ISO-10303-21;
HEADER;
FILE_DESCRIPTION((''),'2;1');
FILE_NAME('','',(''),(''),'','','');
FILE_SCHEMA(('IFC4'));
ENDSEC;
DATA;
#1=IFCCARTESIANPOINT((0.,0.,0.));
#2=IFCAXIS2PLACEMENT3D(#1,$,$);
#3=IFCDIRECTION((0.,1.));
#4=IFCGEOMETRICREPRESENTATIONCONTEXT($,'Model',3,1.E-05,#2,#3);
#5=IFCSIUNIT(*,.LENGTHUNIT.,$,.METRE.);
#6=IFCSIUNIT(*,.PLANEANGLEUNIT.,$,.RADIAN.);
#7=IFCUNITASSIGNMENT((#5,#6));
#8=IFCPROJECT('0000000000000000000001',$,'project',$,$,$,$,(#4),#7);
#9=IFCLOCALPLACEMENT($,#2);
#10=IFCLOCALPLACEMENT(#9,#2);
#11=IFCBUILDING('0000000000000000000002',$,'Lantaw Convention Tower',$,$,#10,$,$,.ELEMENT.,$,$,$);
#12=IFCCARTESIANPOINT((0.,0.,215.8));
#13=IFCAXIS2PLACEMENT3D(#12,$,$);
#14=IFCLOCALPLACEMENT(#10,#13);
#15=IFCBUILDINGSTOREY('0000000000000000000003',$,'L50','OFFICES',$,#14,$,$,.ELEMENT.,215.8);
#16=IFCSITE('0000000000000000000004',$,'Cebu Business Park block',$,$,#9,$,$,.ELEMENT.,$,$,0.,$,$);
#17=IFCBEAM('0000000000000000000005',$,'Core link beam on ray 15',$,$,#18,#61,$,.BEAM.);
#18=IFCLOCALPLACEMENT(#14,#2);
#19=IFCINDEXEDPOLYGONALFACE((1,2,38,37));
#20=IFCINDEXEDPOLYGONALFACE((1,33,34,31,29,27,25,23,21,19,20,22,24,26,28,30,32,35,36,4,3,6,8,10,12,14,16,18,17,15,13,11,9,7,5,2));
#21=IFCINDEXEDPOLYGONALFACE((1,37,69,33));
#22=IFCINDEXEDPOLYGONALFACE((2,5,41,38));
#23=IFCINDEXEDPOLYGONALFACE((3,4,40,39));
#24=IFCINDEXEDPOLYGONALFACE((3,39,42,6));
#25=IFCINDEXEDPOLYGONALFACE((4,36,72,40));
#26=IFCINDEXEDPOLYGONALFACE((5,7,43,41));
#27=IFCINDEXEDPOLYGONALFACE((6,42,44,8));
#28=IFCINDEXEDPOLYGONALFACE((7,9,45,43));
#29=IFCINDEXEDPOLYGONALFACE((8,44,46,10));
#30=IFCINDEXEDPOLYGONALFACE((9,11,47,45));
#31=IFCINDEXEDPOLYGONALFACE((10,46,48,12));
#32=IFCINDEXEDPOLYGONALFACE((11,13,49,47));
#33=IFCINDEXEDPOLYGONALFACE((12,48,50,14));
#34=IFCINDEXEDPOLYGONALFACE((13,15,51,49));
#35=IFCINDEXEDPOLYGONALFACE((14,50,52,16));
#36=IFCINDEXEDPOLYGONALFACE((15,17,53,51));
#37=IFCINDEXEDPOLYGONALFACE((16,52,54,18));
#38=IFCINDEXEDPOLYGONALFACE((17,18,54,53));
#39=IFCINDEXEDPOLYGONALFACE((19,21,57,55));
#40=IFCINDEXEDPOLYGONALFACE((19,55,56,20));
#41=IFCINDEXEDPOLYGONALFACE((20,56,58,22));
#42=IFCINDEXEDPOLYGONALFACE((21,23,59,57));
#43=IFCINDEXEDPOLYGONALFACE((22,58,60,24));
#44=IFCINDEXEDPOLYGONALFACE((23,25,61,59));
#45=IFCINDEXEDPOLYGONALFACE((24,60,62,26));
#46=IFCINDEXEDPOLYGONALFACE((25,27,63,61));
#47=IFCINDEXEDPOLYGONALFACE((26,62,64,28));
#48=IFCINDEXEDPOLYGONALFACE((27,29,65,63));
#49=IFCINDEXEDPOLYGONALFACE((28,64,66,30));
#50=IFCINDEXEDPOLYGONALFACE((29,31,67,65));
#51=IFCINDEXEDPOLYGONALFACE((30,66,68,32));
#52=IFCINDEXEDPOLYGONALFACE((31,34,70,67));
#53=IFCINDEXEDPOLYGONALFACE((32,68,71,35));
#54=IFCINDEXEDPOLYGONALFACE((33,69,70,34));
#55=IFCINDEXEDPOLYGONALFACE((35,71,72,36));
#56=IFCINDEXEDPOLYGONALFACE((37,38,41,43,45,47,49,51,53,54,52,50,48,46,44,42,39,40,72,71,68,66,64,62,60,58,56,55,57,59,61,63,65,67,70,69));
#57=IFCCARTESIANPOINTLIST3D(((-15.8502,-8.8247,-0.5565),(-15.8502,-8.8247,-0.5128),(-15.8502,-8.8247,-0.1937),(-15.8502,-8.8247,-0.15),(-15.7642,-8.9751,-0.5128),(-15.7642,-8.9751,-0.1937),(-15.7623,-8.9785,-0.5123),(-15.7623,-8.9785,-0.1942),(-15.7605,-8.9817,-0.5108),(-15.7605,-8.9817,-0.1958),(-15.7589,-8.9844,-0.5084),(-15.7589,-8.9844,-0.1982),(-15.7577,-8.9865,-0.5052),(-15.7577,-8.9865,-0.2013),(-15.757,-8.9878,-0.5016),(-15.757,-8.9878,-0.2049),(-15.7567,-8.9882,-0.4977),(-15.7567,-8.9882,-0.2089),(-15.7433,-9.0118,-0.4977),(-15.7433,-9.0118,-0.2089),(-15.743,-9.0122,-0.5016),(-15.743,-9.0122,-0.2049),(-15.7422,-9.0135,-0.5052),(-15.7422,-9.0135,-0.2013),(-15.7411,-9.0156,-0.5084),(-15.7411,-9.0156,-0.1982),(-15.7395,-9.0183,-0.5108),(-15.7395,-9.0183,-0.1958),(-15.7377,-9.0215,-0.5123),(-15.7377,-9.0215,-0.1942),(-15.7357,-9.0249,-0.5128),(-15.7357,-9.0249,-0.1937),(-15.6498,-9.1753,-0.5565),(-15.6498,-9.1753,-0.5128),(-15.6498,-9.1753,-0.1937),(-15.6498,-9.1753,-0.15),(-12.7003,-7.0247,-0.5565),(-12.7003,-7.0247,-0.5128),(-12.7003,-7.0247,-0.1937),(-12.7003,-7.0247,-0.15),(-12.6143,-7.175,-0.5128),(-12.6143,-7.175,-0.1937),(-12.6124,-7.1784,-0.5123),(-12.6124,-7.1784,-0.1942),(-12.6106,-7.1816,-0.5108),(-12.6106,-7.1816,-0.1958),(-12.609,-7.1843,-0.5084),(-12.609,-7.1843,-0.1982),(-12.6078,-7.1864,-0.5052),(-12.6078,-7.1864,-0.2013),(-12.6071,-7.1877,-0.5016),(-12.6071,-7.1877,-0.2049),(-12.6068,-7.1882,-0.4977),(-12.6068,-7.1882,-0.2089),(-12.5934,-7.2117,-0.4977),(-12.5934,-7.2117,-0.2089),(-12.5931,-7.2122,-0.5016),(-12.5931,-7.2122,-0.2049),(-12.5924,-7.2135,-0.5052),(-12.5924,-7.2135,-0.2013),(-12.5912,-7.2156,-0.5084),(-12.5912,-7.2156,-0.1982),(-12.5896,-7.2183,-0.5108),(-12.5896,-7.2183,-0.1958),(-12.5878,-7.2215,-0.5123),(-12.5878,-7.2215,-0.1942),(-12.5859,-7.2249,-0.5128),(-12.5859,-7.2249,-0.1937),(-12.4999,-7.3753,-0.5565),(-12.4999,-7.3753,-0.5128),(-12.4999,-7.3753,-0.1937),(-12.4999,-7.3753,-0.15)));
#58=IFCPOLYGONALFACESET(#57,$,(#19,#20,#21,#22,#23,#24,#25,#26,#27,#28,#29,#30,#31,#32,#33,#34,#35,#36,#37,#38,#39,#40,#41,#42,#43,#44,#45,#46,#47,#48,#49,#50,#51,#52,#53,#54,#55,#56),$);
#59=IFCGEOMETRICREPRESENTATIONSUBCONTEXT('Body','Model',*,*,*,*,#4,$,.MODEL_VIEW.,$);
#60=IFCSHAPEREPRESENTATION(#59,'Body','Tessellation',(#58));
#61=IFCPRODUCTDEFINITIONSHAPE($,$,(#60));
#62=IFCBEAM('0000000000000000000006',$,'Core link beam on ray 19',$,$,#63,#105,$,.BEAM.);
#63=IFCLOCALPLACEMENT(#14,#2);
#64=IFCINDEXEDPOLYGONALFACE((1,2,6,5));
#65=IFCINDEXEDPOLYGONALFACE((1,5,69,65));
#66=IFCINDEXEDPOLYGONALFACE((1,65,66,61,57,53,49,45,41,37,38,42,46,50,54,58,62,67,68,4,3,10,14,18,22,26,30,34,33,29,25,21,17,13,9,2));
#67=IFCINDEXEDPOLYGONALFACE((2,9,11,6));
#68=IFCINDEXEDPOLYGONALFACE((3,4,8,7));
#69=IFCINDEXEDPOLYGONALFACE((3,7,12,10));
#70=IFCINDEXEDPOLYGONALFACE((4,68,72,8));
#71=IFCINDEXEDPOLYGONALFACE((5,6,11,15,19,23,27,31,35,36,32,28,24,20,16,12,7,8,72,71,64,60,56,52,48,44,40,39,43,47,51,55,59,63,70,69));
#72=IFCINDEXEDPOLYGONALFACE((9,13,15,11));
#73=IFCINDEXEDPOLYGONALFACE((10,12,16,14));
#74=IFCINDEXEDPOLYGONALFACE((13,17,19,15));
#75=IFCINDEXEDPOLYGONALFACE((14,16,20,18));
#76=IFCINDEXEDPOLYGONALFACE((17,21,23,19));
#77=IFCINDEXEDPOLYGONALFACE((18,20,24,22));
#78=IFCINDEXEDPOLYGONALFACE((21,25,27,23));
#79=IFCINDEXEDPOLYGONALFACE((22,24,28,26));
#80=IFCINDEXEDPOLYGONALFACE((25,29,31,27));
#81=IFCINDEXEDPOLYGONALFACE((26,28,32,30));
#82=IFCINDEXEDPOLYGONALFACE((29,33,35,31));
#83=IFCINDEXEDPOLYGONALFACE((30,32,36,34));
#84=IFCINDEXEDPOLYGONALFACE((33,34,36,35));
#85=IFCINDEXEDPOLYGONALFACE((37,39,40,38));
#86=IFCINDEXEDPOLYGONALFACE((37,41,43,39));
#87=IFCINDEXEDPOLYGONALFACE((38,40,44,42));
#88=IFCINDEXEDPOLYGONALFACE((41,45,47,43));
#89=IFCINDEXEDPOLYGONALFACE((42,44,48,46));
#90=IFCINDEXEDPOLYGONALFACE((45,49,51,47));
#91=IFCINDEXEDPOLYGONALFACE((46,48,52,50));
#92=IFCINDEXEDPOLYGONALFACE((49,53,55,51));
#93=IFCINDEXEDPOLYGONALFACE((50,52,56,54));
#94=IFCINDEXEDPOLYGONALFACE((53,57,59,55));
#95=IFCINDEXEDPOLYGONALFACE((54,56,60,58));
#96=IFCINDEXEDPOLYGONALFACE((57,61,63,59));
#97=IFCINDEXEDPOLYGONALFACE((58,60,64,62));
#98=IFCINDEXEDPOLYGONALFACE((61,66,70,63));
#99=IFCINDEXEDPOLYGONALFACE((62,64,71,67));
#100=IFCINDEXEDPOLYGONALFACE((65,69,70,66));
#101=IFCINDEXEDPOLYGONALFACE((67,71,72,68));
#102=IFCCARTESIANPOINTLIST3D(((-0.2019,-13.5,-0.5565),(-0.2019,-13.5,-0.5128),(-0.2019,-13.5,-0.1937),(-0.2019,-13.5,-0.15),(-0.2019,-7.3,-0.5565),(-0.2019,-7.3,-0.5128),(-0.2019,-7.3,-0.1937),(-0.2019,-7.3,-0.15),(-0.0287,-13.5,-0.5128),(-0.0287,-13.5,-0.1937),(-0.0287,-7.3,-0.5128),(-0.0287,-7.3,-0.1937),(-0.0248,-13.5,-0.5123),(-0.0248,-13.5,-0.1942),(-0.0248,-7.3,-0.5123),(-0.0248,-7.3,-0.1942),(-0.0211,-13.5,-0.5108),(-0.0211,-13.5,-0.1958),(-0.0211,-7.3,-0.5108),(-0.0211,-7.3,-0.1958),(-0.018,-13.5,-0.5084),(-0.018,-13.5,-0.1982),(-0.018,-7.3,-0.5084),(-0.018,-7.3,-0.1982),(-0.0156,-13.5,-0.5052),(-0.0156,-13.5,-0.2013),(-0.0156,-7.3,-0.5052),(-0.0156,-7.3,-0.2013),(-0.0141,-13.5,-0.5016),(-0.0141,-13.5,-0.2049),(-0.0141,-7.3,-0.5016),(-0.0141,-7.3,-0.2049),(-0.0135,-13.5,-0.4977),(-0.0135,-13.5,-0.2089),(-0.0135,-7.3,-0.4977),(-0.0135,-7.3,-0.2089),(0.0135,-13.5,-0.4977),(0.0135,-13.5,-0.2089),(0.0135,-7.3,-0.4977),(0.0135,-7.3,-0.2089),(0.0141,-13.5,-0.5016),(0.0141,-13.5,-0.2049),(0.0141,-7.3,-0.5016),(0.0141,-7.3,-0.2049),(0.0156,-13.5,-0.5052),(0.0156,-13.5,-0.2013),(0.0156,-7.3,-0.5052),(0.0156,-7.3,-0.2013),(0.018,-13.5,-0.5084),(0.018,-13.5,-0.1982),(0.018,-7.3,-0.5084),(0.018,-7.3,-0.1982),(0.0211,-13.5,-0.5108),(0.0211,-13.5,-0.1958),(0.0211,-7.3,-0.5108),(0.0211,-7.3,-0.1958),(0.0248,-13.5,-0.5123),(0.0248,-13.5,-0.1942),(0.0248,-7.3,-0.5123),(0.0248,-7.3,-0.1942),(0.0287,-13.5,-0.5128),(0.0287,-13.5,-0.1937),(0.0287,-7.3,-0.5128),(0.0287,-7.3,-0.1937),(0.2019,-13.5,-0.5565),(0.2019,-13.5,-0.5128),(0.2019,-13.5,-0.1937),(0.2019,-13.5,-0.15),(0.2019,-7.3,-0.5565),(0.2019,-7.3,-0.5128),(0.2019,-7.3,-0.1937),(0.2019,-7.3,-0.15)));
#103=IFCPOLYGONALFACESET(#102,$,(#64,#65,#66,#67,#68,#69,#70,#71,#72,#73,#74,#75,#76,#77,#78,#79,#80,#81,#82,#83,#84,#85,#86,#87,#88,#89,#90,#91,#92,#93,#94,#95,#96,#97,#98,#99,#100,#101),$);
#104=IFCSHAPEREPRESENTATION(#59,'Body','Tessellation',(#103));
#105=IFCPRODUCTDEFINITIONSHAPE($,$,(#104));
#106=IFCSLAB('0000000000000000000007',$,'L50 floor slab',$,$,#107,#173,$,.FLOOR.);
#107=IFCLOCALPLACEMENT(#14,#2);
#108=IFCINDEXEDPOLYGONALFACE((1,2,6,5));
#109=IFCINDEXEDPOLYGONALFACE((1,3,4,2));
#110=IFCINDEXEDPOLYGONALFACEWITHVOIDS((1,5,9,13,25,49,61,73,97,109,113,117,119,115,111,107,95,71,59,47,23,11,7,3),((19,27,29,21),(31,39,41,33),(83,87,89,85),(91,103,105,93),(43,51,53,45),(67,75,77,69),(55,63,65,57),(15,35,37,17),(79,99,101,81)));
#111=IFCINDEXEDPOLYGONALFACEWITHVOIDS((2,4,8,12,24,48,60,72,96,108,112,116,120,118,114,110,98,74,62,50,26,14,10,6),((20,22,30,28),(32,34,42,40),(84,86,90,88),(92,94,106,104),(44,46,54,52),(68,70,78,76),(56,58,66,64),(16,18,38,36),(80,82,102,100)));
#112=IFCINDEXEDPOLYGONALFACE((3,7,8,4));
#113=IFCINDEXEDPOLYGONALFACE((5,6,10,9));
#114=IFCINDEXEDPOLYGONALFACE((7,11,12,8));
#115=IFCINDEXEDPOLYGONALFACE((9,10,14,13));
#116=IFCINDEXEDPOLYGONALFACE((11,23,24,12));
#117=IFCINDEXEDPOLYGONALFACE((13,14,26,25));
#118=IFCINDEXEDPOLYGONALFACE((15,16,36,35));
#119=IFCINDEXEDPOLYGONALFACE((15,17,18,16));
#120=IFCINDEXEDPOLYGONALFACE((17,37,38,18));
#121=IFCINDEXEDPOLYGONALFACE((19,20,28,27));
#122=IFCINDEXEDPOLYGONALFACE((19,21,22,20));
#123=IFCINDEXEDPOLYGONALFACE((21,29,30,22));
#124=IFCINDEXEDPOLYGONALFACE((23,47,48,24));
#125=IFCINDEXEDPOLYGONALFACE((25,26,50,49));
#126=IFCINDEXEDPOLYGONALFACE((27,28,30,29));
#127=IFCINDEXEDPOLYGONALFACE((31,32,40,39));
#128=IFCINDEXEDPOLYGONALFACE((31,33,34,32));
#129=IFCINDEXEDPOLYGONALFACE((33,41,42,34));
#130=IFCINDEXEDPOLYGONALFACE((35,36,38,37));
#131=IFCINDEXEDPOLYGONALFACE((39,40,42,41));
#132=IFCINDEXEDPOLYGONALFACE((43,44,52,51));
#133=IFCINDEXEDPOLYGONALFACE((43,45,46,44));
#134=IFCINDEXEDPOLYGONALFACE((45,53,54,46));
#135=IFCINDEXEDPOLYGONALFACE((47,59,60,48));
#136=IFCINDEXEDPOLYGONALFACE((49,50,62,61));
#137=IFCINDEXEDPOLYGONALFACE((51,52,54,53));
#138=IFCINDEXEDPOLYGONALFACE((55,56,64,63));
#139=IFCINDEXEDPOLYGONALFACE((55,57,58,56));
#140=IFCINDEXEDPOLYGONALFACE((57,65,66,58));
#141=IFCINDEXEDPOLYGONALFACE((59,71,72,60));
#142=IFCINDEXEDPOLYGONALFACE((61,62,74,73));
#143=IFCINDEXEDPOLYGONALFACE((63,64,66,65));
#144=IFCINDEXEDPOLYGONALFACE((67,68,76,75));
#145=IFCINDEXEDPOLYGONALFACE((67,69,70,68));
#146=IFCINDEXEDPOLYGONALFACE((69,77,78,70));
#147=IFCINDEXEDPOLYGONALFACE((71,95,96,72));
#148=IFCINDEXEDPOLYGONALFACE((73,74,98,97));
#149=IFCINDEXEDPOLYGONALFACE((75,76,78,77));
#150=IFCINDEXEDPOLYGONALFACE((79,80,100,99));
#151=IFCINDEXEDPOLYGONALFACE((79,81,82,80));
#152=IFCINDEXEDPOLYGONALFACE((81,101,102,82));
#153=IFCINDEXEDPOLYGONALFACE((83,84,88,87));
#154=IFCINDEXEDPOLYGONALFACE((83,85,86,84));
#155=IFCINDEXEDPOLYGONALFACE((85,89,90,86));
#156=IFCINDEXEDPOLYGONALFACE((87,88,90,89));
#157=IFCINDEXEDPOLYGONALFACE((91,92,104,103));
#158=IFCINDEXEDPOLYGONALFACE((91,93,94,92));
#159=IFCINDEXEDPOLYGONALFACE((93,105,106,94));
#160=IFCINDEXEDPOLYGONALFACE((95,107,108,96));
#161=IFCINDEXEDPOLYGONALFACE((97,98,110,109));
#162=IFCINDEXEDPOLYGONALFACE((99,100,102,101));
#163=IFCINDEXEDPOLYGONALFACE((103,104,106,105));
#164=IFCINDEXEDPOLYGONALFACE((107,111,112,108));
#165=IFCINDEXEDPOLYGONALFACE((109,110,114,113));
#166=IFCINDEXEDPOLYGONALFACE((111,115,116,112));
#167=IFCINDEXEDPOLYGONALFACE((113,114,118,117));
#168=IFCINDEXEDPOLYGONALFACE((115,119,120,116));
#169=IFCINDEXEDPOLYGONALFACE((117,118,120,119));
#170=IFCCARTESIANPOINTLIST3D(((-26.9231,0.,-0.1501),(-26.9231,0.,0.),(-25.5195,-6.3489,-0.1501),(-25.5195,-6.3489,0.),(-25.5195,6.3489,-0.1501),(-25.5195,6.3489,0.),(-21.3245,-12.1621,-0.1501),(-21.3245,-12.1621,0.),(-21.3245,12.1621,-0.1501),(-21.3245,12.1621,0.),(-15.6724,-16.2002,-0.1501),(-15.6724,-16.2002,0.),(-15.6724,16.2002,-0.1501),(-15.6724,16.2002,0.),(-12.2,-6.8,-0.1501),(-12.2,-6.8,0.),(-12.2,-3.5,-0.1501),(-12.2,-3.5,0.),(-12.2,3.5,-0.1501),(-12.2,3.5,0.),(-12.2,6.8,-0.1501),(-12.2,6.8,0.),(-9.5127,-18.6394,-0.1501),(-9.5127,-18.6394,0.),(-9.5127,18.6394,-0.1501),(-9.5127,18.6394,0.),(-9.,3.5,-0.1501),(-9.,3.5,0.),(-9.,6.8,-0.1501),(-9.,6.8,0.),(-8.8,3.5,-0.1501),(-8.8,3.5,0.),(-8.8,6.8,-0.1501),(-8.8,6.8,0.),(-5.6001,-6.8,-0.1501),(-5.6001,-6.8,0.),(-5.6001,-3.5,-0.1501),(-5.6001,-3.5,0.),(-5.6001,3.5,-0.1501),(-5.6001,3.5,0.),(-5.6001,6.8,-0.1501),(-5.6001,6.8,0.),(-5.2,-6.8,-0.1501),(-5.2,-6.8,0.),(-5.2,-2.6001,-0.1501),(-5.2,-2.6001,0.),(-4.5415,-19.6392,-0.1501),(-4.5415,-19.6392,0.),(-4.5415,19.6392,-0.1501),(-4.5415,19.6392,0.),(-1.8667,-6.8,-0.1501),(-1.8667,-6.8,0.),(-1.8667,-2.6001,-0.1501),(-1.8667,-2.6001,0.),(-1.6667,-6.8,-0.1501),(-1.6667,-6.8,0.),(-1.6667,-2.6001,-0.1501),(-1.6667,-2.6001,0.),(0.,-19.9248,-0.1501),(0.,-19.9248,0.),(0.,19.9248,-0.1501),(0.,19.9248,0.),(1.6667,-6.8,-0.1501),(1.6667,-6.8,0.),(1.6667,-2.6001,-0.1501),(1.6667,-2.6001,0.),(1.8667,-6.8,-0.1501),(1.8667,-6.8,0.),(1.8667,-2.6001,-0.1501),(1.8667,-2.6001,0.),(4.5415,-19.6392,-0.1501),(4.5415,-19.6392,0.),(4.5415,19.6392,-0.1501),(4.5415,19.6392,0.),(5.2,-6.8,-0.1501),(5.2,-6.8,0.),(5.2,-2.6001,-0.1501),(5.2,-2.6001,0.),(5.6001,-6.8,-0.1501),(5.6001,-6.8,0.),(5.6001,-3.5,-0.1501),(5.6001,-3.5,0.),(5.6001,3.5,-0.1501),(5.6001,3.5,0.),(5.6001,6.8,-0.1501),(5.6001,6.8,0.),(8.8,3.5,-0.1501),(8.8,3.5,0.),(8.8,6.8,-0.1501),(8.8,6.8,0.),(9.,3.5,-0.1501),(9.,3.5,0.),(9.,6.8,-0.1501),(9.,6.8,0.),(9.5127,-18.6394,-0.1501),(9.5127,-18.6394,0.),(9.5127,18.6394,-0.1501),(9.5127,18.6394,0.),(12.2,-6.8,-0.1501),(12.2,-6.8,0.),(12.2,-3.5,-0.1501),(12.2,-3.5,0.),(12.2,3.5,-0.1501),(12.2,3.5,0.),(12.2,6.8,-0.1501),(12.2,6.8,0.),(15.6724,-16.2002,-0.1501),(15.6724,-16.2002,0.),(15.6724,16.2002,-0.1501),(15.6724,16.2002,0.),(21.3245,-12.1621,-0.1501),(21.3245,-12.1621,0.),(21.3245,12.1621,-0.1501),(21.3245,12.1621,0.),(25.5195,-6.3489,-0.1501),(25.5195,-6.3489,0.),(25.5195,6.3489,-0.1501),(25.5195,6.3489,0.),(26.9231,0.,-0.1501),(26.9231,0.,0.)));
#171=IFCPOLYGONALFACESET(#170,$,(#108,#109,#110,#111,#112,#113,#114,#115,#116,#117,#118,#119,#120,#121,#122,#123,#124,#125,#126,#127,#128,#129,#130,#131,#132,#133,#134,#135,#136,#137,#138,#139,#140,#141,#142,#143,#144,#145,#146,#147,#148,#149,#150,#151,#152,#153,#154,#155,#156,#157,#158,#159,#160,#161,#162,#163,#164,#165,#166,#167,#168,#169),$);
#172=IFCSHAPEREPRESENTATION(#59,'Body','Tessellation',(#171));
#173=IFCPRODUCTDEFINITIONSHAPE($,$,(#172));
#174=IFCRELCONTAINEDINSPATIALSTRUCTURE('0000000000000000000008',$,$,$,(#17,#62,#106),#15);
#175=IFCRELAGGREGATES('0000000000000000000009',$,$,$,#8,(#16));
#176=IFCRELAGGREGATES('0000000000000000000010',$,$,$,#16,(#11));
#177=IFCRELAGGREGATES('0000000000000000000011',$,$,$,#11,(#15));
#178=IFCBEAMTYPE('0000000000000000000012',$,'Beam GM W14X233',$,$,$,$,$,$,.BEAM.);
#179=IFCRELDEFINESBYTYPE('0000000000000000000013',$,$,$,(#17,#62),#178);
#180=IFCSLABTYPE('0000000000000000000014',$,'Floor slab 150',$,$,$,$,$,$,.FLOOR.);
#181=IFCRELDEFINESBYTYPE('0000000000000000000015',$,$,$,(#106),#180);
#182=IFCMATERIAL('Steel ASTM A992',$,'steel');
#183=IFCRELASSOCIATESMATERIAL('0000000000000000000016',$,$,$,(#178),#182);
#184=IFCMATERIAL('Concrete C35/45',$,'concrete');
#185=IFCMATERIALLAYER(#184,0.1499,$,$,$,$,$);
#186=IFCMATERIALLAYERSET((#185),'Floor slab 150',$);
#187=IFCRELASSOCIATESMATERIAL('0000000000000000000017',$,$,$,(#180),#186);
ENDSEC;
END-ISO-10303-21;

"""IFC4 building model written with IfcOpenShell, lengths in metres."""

from ifc_helpers import new_model, si_unit, direction, frame, origin, origin_2d, place, context, subcontext, project, spatial, polyline, i_section, outline, extrude, material, layer, layer_set, material_profile, profile_set, type_object, element, save


model = new_model("IFC4")

# Units and contexts
model_context = context("Model", 3, precision=1e-05, world=origin(), true_north=direction((0.0, 1.0)))
body_context = subcontext(model_context, "Body", "Model", "MODEL_VIEW")
ifc_project = project(units=[si_unit("LENGTHUNIT", "METRE"), si_unit("PLANEANGLEUNIT", "RADIAN")], contexts=[model_context])

# Site, building, storey
site_placement = place(None, origin())
site = spatial("IfcSite", under=ifc_project, at=site_placement, Name="Cebu Business Park block", CompositionType="ELEMENT", RefElevation=0.0)
building_placement = place(site_placement, origin())
building = spatial("IfcBuilding", under=site, at=building_placement, Name="Lantaw Convention Tower", CompositionType="ELEMENT")
storey_placement = place(building_placement, frame((0.0, 0.0, 215.8)))
storey = spatial("IfcBuildingStorey", under=building, at=storey_placement, Name="L50", Description="OFFICES", CompositionType="ELEMENT", Elevation=215.8)

# Beams
ifc_material_1 = material(Name="Steel ASTM A992", Category="steel")
ifc_material_profile_1 = material_profile(ifc_material_1, i_section(OverallWidth=0.4038, OverallDepth=0.4065, WebThickness=0.0271, FlangeThickness=0.0437, FilletRadius=0.0151, at=origin_2d()), Name="W14X233")
ifc_profile_set_1 = profile_set([ifc_material_profile_1], Name="Steel ASTM A992")
beam_type_1 = type_object("IfcBeamType", Name="Beam GM W14X233", PredefinedType="BEAM", material=ifc_profile_set_1)
beam_1_placement = place(storey_placement, frame((-12.6001, -7.2, -0.3533), z_axis=(-0.868231, -0.496161, 0.0), x_axis=(0.496161, -0.868231, 0.0)))
element("IfcBeam", 1, at=beam_1_placement, inside=storey, type_object=beam_type_1, Name="Core link beam on ray 15", PredefinedType="BEAM", context=body_context, shape_type="SweptSolid", body=[
    extrude(i_section(OverallWidth=0.4038, OverallDepth=0.4065, WebThickness=0.0271, FlangeThickness=0.0437, FilletRadius=0.0151, at=origin_2d()), origin(), (0.0, 0.0, 1.0), 3.6279),
])
beam_2_placement = place(storey_placement, frame((0.0, -7.3, -0.3533), z_axis=(0.0, -1.0, 0.0), x_axis=(1.0, 0.0, 0.0)))
element("IfcBeam", 2, at=beam_2_placement, inside=storey, type_object=beam_type_1, Name="Core link beam on ray 19", PredefinedType="BEAM", context=body_context, shape_type="SweptSolid", body=[
    extrude(i_section(OverallWidth=0.4038, OverallDepth=0.4065, WebThickness=0.0271, FlangeThickness=0.0437, FilletRadius=0.0151, at=origin_2d()), origin(), (0.0, 0.0, 1.0), 6.2),
])

# Slab
ifc_material_2 = material(Name="Concrete C35/45", Category="concrete")
ifc_layer_1 = layer(ifc_material_2, 0.1499)
ifc_layer_set_1 = layer_set([ifc_layer_1], Name="Floor slab 150")
slab_type = type_object("IfcSlabType", Name="Floor slab 150", PredefinedType="FLOOR", material=ifc_layer_set_1)
slab_placement = place(storey_placement, frame((0.0, 0.0, -0.1501)))
element("IfcSlab", 3, at=slab_placement, inside=storey, type_object=slab_type, Name="L50 floor slab", PredefinedType="FLOOR", context=body_context, shape_type="SweptSolid", body=[
    extrude(outline(polyline([(25.5195, -6.3489), (26.9231, 0.0), (25.5195, 6.3489), (21.3245, 12.1621), (15.6724, 16.2002), (9.5127, 18.6394), (4.5415, 19.6392), (0.0, 19.9248), (-4.5415, 19.6392), (-9.5127, 18.6394), (-15.6724, 16.2002), (-21.3245, 12.1621), (-25.5195, 6.3489), (-26.9231, 0.0), (-25.5195, -6.3489), (-21.3245, -12.1621), (-15.6724, -16.2002), (-9.5127, -18.6394), (-4.5415, -19.6392), (0.0, -19.9248), (4.5415, -19.6392), (9.5127, -18.6394), (15.6724, -16.2002), (21.3245, -12.1621), (25.5195, -6.3489)]), holes=[polyline([(-5.6001, -3.5), (-12.2, -3.5), (-12.2, -6.8), (-5.6001, -6.8), (-5.6001, -3.5)]), polyline([(12.2, -3.5), (5.6001, -3.5), (5.6001, -6.8), (12.2, -6.8), (12.2, -3.5)]), polyline([(-1.8667, -2.6001), (-5.2, -2.6001), (-5.2, -6.8), (-1.8667, -6.8), (-1.8667, -2.6001)]), polyline([(1.6667, -2.6001), (-1.6667, -2.6001), (-1.6667, -6.8), (1.6667, -6.8), (1.6667, -2.6001)]), polyline([(5.2, -2.6001), (1.8667, -2.6001), (1.8667, -6.8), (5.2, -6.8), (5.2, -2.6001)]), polyline([(-9.0, 6.8), (-12.2, 6.8), (-12.2, 3.5), (-9.0, 3.5), (-9.0, 6.8)]), polyline([(-5.6001, 6.8), (-8.8, 6.8), (-8.8, 3.5), (-5.6001, 3.5), (-5.6001, 6.8)]), polyline([(8.8, 3.5), (8.8, 6.8), (5.6001, 6.8), (5.6001, 3.5), (8.8, 3.5)]), polyline([(12.2, 3.5), (12.2, 6.8), (9.0, 6.8), (9.0, 3.5), (12.2, 3.5)])]), origin(), (0.0, 0.0, 1.0), 0.1501),
])

save(model, "model.ifc")
